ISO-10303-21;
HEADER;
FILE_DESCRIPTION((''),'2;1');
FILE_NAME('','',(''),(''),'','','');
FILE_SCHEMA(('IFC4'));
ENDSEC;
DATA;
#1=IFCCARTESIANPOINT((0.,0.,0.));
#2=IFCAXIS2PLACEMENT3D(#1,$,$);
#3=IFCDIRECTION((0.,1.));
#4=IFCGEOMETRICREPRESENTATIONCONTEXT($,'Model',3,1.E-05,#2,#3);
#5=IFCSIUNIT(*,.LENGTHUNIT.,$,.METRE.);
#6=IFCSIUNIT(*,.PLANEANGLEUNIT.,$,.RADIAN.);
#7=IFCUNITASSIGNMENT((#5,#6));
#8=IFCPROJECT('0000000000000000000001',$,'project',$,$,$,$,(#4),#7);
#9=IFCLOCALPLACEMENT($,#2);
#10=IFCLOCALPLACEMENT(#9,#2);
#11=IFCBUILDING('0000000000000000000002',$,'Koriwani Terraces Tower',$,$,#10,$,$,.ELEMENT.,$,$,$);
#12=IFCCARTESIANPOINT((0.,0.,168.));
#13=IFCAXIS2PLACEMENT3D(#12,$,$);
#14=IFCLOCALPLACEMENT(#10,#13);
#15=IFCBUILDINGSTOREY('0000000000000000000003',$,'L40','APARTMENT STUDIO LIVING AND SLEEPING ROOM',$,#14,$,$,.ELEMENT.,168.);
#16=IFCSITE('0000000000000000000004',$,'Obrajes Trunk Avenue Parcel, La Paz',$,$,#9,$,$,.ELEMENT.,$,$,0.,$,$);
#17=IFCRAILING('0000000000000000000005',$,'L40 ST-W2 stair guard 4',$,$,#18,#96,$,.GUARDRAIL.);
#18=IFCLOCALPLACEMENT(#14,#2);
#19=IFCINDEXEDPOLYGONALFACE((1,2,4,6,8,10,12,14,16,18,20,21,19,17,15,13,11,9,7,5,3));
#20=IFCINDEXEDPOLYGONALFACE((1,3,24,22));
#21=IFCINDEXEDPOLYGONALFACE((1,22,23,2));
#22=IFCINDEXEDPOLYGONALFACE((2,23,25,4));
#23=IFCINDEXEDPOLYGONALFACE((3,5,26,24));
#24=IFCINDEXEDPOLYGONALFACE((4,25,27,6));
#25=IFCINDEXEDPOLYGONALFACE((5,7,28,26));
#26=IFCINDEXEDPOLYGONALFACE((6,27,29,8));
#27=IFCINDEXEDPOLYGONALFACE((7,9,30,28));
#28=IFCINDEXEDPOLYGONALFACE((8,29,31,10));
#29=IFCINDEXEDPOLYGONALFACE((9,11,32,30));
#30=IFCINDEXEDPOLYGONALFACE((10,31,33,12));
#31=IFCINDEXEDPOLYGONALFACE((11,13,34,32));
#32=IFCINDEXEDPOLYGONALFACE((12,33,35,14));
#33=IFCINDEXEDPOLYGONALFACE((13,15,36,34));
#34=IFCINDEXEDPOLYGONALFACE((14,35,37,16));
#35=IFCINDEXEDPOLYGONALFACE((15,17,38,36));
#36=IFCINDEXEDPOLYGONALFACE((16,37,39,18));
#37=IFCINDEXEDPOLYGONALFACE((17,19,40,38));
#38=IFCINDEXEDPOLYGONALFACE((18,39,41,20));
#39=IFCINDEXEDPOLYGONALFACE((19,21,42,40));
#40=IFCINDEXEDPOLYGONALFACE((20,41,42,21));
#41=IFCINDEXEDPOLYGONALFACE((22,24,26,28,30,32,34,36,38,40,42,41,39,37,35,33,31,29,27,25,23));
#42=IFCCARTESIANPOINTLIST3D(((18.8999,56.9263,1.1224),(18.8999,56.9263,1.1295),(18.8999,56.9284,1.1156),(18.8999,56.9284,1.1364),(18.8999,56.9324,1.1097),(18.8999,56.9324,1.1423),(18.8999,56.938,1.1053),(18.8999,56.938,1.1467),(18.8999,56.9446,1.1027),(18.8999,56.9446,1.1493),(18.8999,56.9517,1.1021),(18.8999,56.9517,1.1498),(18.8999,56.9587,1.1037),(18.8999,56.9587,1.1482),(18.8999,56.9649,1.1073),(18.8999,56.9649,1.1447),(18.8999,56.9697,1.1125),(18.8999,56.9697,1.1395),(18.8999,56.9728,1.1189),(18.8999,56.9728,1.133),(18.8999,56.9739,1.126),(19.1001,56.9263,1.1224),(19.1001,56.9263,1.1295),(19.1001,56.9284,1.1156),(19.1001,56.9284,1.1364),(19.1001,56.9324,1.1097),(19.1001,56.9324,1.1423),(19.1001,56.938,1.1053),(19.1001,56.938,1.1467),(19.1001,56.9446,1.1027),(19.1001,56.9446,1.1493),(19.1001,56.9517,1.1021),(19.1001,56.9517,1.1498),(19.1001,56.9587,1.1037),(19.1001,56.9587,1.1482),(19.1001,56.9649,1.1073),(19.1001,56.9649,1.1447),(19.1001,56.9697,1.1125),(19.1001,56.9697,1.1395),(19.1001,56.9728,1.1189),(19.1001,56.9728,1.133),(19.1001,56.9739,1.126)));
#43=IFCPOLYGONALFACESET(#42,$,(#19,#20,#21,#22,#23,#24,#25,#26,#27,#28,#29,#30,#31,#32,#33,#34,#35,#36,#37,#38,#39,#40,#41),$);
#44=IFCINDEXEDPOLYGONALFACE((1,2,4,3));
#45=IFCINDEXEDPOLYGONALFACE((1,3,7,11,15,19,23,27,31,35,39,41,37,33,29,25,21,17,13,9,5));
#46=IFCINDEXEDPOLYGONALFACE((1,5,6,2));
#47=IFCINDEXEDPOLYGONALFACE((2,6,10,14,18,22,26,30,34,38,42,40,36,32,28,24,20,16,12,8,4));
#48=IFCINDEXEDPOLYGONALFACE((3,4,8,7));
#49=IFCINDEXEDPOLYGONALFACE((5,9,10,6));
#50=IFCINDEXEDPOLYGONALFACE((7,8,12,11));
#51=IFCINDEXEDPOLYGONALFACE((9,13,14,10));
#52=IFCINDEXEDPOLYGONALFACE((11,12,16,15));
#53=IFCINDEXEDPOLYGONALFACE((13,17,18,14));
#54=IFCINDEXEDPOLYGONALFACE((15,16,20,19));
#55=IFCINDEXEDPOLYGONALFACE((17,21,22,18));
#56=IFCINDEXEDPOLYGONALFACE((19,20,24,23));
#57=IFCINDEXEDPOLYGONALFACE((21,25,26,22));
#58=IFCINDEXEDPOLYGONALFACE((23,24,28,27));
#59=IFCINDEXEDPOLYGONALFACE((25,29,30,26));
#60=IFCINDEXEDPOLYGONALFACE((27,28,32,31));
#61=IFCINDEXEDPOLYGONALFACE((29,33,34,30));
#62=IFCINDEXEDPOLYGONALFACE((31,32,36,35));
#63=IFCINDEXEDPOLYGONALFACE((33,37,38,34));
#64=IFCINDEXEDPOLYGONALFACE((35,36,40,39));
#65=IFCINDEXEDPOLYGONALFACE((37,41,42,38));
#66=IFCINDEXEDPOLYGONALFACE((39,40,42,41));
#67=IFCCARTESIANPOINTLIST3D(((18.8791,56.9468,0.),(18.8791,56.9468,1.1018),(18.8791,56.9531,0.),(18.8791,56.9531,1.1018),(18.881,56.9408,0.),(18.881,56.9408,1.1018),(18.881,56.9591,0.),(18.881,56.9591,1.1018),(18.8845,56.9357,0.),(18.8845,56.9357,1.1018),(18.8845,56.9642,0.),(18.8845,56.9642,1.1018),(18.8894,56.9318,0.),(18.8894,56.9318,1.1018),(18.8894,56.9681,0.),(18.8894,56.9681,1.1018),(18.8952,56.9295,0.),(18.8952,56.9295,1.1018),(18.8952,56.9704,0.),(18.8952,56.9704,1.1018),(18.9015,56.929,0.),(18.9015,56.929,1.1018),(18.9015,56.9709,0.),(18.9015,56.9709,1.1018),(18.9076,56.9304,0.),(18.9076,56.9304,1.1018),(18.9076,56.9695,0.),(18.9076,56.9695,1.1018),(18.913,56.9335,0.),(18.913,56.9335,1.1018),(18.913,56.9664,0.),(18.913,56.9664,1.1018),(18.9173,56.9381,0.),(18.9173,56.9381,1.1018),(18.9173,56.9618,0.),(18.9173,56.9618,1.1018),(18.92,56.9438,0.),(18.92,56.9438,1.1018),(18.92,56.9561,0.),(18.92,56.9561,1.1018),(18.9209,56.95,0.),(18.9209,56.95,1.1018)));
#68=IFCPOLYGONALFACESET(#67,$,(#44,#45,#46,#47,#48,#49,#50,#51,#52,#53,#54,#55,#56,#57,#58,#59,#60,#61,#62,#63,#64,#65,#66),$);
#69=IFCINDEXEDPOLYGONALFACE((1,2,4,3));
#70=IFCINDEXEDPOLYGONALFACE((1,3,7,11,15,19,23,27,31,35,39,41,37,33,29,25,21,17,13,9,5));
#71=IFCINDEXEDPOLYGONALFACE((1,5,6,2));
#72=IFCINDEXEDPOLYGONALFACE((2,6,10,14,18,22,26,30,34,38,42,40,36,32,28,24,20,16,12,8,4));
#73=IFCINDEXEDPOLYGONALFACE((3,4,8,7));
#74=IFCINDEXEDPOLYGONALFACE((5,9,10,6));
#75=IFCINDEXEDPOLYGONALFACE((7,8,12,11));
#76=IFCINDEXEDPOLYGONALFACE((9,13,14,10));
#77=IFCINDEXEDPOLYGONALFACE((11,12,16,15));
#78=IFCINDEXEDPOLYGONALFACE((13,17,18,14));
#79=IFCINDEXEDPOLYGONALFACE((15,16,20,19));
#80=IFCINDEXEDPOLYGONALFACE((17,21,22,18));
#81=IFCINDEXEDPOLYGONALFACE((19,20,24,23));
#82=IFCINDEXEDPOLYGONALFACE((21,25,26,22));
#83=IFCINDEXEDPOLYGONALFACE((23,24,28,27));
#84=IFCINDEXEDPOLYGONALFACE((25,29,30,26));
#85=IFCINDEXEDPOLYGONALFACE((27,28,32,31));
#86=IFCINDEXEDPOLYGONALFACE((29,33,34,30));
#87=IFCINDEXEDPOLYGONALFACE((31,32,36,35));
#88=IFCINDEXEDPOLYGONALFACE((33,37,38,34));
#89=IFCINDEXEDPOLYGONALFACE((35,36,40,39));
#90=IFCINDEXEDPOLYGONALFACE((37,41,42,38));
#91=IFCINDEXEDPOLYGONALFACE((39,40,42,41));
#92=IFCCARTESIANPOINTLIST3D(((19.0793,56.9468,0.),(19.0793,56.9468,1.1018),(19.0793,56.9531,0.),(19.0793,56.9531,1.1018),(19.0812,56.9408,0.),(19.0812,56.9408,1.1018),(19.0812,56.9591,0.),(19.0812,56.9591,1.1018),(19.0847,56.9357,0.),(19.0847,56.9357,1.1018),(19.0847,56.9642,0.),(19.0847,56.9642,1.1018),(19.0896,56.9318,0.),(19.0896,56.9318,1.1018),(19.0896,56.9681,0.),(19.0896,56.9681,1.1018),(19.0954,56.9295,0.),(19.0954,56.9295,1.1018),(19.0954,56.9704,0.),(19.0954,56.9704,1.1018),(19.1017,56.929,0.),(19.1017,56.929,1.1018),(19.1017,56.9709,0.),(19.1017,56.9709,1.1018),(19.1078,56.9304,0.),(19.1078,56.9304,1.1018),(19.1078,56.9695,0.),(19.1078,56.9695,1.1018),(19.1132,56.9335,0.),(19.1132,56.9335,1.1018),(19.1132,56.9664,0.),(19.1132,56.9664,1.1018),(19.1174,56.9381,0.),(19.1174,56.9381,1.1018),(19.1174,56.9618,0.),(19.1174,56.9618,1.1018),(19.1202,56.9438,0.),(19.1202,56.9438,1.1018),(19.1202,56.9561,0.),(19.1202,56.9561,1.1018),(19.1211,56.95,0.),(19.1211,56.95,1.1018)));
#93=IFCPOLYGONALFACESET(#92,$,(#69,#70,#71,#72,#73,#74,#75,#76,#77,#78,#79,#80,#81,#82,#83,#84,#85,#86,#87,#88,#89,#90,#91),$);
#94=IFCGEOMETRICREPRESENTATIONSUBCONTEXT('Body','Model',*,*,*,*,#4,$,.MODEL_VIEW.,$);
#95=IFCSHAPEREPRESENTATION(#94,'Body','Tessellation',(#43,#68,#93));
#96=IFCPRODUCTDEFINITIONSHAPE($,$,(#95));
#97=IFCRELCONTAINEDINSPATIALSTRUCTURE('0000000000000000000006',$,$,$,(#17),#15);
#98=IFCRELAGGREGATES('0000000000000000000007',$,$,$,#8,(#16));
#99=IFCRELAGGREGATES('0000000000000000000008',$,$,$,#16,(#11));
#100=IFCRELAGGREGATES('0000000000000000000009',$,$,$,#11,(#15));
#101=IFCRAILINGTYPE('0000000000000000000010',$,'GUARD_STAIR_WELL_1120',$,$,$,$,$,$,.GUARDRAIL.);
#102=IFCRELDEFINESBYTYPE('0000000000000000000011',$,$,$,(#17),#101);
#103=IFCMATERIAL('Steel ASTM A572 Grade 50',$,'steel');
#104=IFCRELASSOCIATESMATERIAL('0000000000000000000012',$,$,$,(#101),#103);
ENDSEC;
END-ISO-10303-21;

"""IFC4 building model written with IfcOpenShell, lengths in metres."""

from ifc_helpers import new_model, si_unit, direction, frame, origin, origin_2d, place, context, subcontext, project, spatial, circle, extrude, material, type_object, element, save


model = new_model("IFC4")

# Units and contexts
model_context = context("Model", 3, precision=1e-05, world=origin(), true_north=direction((0.0, 1.0)))
body_context = subcontext(model_context, "Body", "Model", "MODEL_VIEW")
ifc_project = project(units=[si_unit("LENGTHUNIT", "METRE"), si_unit("PLANEANGLEUNIT", "RADIAN")], contexts=[model_context])

# Site, building, storey
site_placement = place(None, origin())
site = spatial("IfcSite", under=ifc_project, at=site_placement, Name="Obrajes Trunk Avenue Parcel, La Paz", CompositionType="ELEMENT", RefElevation=0.0)
building_placement = place(site_placement, origin())
building = spatial("IfcBuilding", under=site, at=building_placement, Name="Koriwani Terraces Tower", CompositionType="ELEMENT")
storey_placement = place(building_placement, frame((0.0, 0.0, 168.0)))
storey = spatial("IfcBuildingStorey", under=building, at=storey_placement, Name="L40", Description="APARTMENT STUDIO LIVING AND SLEEPING ROOM", CompositionType="ELEMENT", Elevation=168.0)

# Shared definitions
ifc_material_1 = material(Name="Steel ASTM A572 Grade 50", Category="steel")

# Railing
railing_type_1 = type_object("IfcRailingType", Name="GUARD_STAIR_WELL_1120", PredefinedType="GUARDRAIL", material=ifc_material_1)
railing_1_placement = place(storey_placement, frame((18.8999, 56.95, 0.0)))
element("IfcRailing", 1, at=railing_1_placement, inside=storey, type_object=railing_type_1, Name="L40 ST-W2 stair guard 4", PredefinedType="GUARDRAIL", context=body_context, shape_type="SweptSolid", body=[
    extrude(circle(Radius=0.0239, at=origin_2d()), frame((0.0, 0.0, 1.126), z_axis=(1.0, 0.0, 0.0), x_axis=(0.0, 1.0, 0.0)), (0.0, 0.0, 1.0), 0.2002),
    extrude(circle(Radius=0.021, at=origin_2d()), origin(), (0.0, 0.0, 1.0), 1.1018),
    extrude(circle(Radius=0.021, at=origin_2d()), frame((0.2002, 0.0, 0.0)), (0.0, 0.0, 1.0), 1.1018),
])

save(model, "model.ifc")
